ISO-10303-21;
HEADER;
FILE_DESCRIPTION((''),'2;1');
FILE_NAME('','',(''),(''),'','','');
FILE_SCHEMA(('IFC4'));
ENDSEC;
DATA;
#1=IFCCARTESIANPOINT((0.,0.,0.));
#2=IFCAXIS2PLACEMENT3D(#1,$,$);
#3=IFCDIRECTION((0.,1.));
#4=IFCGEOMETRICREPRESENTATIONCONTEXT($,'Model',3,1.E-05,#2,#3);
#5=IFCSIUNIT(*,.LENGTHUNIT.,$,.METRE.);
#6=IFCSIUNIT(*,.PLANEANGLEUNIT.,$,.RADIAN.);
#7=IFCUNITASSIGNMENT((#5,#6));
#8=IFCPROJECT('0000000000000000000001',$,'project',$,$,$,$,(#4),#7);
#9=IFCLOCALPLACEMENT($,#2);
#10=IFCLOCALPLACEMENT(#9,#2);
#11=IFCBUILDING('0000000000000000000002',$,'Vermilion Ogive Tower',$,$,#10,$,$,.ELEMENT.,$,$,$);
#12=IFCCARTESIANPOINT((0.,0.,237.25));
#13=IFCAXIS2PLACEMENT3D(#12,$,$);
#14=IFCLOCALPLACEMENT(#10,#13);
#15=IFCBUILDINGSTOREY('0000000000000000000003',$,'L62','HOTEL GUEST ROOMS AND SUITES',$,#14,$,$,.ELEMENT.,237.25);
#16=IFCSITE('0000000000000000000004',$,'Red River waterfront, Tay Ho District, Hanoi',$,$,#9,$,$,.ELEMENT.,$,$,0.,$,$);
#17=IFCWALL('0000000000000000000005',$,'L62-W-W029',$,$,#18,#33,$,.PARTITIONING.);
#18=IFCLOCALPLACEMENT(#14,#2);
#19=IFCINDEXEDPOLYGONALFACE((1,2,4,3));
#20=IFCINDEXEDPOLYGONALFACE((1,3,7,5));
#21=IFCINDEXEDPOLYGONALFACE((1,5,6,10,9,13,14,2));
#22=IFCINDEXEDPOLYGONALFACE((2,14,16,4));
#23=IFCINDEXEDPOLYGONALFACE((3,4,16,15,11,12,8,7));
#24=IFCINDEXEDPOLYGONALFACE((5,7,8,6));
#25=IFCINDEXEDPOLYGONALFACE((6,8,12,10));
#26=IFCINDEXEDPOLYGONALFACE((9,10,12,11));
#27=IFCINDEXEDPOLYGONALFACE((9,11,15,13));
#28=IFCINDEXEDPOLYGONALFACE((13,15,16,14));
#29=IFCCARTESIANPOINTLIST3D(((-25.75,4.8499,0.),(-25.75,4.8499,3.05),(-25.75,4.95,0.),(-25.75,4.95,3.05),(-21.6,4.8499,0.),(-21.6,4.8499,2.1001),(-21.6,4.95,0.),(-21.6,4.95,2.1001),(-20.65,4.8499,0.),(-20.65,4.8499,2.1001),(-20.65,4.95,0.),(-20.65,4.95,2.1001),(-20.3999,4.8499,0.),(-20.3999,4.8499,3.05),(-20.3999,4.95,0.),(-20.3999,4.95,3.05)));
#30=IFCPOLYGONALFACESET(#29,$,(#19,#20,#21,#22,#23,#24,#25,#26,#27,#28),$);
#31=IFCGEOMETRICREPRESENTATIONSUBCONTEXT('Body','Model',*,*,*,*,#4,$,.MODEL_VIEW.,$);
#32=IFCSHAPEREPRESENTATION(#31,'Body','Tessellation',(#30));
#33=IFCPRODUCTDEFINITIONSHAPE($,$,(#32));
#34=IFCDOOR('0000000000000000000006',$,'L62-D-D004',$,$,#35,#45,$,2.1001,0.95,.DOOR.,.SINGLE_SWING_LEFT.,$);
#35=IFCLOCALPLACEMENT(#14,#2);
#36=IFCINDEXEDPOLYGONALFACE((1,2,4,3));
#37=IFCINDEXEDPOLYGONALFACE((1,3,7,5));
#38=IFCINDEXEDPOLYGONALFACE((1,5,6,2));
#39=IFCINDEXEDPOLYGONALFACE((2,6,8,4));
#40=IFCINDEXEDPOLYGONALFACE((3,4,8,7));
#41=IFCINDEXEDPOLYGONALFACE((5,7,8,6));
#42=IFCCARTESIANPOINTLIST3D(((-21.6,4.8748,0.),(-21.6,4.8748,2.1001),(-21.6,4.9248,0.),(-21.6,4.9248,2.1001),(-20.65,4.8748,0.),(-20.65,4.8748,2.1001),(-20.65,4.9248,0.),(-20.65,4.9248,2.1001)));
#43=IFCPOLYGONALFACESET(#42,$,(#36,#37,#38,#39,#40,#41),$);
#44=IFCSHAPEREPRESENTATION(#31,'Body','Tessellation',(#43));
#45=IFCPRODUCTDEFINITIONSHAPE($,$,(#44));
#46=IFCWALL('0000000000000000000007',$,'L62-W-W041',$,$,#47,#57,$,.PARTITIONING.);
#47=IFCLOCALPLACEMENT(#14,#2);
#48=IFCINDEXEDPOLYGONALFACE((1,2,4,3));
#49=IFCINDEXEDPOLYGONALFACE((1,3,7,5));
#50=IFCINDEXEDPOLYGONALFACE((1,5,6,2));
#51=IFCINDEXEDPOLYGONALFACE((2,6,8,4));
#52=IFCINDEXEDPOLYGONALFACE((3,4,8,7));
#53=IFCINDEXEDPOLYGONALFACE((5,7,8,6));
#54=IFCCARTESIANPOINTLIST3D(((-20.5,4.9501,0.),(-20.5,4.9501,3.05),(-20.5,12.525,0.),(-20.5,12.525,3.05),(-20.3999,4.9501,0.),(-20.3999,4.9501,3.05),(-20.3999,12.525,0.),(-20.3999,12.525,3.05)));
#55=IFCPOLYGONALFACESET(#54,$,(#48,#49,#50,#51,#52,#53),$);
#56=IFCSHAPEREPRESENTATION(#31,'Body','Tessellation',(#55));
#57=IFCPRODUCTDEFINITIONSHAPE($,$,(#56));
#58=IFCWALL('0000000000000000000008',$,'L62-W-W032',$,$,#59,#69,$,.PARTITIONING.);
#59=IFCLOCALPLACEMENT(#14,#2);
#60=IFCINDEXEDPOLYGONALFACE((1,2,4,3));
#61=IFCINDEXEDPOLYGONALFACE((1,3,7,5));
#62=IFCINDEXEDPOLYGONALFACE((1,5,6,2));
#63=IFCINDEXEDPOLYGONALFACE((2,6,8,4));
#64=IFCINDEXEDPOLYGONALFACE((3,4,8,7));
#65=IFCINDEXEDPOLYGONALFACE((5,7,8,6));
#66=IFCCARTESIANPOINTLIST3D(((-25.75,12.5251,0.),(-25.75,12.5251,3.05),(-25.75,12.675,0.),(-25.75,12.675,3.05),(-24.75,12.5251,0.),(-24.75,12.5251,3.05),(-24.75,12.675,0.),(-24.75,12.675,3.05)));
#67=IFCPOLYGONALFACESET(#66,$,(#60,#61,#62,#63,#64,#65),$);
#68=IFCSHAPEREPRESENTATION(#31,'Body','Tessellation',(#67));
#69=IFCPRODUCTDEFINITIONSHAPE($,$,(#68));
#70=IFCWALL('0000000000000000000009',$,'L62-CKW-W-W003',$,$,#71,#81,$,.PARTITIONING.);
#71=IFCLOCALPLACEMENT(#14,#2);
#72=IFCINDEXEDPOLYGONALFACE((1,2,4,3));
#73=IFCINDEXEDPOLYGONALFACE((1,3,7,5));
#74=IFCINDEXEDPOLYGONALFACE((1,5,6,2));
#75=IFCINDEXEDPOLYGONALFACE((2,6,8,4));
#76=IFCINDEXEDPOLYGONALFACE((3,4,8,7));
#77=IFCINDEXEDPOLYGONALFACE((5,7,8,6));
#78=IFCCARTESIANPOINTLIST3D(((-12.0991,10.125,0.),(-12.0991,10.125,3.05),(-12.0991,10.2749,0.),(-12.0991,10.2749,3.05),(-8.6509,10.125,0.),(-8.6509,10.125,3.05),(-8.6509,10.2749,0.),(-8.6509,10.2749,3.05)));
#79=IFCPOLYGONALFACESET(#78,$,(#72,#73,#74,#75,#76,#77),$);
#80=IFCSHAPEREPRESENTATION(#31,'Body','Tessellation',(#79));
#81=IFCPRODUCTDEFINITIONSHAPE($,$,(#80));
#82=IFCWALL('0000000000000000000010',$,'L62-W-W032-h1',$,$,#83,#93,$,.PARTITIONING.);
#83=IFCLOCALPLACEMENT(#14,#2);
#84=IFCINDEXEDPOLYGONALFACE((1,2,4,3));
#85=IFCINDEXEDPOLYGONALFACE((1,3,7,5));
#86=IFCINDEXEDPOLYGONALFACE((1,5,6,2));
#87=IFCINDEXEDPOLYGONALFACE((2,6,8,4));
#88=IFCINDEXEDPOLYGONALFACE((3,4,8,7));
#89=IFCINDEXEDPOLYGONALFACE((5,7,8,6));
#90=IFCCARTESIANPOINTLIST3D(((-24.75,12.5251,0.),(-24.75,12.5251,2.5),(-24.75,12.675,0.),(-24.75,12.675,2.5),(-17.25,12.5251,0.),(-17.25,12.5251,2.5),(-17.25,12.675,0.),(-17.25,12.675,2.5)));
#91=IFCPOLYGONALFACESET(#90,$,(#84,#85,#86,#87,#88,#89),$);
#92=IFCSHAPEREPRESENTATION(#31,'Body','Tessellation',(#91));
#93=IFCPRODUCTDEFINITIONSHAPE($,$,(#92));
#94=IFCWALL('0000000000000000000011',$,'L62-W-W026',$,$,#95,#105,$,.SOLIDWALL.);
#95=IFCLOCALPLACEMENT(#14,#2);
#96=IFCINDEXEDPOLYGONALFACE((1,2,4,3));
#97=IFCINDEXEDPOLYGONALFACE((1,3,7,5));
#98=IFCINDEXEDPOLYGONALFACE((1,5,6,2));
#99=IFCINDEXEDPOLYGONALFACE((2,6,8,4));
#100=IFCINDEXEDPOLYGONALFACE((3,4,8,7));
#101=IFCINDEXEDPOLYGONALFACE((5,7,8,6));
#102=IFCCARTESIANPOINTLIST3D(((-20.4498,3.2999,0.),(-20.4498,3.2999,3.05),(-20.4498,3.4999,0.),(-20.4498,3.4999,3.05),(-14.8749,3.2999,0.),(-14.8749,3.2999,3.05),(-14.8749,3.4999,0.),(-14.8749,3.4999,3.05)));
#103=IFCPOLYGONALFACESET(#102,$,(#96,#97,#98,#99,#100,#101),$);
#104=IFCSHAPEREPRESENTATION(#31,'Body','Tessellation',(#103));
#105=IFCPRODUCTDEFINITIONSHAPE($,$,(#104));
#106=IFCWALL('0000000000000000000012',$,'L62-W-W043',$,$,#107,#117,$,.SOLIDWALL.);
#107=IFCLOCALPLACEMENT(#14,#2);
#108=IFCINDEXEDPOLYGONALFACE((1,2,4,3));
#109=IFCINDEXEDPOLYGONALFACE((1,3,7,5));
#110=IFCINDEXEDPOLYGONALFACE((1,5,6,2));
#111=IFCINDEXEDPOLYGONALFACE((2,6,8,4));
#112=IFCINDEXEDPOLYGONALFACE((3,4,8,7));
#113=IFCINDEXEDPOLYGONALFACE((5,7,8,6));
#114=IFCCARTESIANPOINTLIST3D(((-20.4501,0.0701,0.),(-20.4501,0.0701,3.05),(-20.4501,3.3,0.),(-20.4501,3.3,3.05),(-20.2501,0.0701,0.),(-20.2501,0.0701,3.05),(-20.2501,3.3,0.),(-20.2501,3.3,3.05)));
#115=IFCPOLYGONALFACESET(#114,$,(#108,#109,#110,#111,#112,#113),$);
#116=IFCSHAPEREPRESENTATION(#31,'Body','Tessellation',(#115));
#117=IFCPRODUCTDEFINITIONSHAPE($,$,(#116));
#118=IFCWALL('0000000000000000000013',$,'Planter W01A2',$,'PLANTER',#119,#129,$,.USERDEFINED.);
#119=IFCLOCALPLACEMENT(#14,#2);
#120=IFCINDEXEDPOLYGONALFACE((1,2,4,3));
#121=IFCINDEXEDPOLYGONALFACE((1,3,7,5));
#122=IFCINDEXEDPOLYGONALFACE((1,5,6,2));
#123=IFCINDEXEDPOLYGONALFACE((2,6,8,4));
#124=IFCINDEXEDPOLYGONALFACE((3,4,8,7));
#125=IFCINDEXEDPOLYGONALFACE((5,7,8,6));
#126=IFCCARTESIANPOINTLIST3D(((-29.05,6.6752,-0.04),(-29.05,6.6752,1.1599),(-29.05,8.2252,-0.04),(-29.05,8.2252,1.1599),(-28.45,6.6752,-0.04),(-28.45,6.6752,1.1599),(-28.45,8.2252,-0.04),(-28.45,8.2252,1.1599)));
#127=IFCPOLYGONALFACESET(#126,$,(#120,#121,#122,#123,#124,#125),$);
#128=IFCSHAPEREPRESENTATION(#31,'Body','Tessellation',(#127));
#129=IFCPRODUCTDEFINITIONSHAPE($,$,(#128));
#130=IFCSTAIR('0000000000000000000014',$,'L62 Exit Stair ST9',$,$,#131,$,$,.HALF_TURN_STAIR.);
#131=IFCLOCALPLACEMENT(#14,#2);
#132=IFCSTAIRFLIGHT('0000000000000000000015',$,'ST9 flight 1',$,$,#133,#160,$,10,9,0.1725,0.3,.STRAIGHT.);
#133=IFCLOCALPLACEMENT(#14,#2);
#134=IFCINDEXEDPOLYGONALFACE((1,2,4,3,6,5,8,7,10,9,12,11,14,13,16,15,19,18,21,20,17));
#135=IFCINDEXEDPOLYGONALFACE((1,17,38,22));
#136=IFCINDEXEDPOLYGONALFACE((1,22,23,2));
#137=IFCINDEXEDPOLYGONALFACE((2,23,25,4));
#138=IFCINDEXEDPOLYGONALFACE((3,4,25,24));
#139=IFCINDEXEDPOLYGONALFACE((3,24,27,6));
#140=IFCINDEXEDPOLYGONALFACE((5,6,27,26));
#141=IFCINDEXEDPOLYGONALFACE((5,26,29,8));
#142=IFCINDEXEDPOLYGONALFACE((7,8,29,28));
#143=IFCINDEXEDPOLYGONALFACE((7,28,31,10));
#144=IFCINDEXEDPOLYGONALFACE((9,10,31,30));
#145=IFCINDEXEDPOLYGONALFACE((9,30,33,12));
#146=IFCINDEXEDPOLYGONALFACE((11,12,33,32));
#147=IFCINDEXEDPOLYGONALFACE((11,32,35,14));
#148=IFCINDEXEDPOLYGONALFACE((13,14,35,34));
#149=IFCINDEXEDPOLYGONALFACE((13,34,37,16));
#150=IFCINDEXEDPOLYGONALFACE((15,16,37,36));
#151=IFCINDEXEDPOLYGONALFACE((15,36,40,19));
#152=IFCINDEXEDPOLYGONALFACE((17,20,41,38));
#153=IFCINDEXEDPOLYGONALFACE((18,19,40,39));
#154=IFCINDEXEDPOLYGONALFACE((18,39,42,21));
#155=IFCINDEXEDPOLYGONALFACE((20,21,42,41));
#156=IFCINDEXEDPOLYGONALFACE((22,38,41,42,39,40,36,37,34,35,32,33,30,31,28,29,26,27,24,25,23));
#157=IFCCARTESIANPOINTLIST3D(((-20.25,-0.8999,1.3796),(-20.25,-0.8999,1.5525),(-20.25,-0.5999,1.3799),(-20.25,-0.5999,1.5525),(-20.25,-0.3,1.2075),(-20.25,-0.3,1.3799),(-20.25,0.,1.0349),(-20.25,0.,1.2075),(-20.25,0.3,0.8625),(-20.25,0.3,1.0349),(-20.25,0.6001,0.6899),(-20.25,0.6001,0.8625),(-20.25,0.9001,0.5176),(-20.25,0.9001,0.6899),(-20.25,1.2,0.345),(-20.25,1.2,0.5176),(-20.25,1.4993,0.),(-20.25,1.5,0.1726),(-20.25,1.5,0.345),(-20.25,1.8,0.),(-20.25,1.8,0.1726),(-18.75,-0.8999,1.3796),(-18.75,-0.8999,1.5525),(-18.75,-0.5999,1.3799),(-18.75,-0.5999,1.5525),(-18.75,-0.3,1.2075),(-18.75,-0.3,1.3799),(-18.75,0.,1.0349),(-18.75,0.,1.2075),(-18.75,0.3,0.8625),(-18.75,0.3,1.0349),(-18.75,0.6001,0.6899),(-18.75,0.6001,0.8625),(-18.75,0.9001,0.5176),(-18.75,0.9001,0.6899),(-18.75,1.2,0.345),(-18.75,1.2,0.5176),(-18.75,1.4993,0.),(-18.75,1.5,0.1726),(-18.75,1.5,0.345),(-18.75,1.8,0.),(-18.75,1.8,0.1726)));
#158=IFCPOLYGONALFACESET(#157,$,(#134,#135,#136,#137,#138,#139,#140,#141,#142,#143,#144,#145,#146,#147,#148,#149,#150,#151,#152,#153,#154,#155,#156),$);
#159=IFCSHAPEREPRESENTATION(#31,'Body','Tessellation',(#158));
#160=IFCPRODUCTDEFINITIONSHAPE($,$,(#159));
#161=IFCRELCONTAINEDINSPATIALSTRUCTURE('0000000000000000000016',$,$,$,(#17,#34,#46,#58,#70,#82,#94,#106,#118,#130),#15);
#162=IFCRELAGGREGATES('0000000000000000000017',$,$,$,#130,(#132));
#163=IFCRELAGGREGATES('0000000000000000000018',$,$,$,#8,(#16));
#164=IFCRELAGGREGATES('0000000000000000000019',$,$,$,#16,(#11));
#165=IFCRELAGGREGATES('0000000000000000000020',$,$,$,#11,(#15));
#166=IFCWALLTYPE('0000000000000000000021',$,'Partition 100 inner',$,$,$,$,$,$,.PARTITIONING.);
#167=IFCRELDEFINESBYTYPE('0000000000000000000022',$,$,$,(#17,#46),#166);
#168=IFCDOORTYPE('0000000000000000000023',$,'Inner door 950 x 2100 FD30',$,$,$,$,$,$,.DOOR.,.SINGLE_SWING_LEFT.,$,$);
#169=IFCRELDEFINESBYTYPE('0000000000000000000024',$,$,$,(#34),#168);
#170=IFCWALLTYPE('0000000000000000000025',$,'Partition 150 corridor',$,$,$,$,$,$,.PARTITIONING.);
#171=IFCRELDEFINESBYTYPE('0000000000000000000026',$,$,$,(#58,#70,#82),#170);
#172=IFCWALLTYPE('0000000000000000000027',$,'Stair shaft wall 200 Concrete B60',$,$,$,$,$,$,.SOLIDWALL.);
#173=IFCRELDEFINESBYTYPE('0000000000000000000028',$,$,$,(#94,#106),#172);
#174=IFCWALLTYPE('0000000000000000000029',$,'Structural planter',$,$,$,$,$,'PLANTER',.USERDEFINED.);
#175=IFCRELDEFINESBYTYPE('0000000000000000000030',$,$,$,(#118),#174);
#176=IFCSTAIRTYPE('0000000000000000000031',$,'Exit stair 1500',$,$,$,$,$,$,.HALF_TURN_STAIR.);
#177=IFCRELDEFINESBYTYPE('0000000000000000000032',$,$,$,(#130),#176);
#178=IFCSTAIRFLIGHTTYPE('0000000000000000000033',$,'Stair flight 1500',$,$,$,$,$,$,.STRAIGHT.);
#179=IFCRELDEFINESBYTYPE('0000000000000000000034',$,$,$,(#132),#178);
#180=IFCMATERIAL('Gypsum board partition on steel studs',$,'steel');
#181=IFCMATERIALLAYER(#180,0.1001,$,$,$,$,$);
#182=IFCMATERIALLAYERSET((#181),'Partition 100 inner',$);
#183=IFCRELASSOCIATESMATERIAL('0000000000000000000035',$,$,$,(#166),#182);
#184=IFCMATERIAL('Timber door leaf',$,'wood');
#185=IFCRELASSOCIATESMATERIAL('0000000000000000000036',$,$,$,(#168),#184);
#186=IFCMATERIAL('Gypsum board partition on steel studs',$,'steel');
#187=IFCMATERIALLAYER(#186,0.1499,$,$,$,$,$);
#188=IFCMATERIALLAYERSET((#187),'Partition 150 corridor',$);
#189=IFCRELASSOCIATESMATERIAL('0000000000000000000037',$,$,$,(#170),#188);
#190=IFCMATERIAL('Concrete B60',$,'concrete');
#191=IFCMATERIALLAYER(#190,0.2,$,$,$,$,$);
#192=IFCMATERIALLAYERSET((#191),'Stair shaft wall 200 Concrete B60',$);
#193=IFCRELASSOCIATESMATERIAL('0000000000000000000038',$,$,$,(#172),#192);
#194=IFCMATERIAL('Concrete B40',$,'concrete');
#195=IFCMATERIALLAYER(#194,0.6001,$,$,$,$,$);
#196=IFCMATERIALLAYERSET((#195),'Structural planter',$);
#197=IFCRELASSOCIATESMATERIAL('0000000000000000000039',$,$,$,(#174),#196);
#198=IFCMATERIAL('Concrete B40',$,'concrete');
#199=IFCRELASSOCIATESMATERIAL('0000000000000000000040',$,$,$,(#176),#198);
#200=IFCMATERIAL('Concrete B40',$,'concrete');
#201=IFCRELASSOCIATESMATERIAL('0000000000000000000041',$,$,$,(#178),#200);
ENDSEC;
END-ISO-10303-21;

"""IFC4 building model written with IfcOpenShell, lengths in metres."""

from ifc_helpers import new_model, si_unit, direction, frame, frame_2d, origin, place, context, subcontext, project, spatial, polyline, rectangle, outline, extrude, material, layer, layer_set, type_object, element, fill, aggregate, save


model = new_model("IFC4")

# Units and contexts
model_context = context("Model", 3, precision=1e-05, world=origin(), true_north=direction((0.0, 1.0)))
body_context = subcontext(model_context, "Body", "Model", "MODEL_VIEW")
ifc_project = project(units=[si_unit("LENGTHUNIT", "METRE"), si_unit("PLANEANGLEUNIT", "RADIAN")], contexts=[model_context])

# Site, building, storey
site_placement = place(None, origin())
site = spatial("IfcSite", under=ifc_project, at=site_placement, Name="Red River waterfront, Tay Ho District, Hanoi", CompositionType="ELEMENT", RefElevation=0.0)
building_placement = place(site_placement, origin())
building = spatial("IfcBuilding", under=site, at=building_placement, Name="Vermilion Ogive Tower", CompositionType="ELEMENT")
storey_placement = place(building_placement, frame((0.0, 0.0, 237.25)))
storey = spatial("IfcBuildingStorey", under=building, at=storey_placement, Name="L62", Description="HOTEL GUEST ROOMS AND SUITES", CompositionType="ELEMENT", Elevation=237.25)

# Wall, opening, door
ifc_material_1 = material(Name="Gypsum board partition on steel studs", Category="steel")
ifc_layer_1 = layer(ifc_material_1, 0.1001)
ifc_layer_set_1 = layer_set([ifc_layer_1], Name="Partition 100 inner")
wall_type_1 = type_object("IfcWallType", Name="Partition 100 inner", PredefinedType="PARTITIONING", material=ifc_layer_set_1)
ifc_material_2 = material(Name="Timber door leaf", Category="wood")
door_type_1 = type_object("IfcDoorType", Name="Inner door 950 x 2100 FD30", OperationType="SINGLE_SWING_LEFT", PredefinedType="DOOR", material=ifc_material_2)
wall_1_placement = place(storey_placement, frame((-25.75, 4.8999, 0.0), z_axis=(0.0, 0.0, 1.0), x_axis=(1.0, 0.0, 0.0)))
wall_1 = element("IfcWall", 1, at=wall_1_placement, inside=storey, type_object=wall_type_1, Name="L62-W-W029", PredefinedType="PARTITIONING", context=body_context, shape_type="SweptSolid", body=[
    extrude(rectangle(XDim=5.3501, YDim=0.1001, at=frame_2d((2.675, 0.0))), origin(), (0.0, 0.0, 1.0), 3.05),
])
opening_1_placement = place(wall_1_placement, frame((4.1499, 0.0, 0.0)))
opening_1 = element("IfcOpeningElement", 2, at=opening_1_placement, cuts=wall_1, PredefinedType="OPENING", context=body_context, shape_type="SweptSolid", body=[
    extrude(rectangle(XDim=0.95, YDim=2.1001, at=frame_2d((0.4751, 1.05))), frame((0.0, 0.0601, 0.0), z_axis=(0.0, -1.0, 0.0), x_axis=(1.0, 0.0, 0.0)), (0.0, 0.0, 1.0), 0.1201),
])
door_1_placement = place(opening_1_placement, origin())
door_1 = element("IfcDoor", 3, at=door_1_placement, inside=storey, type_object=door_type_1, Name="L62-D-D004", OperationType="SINGLE_SWING_LEFT", OverallHeight=2.1001, OverallWidth=0.95, PredefinedType="DOOR", context=body_context, shape_type="SweptSolid", body=[
    extrude(rectangle(XDim=0.95, YDim=2.1001, at=frame_2d((0.4751, 1.05))), frame((0.0, 0.0249, 0.0), z_axis=(0.0, -1.0, 0.0), x_axis=(1.0, 0.0, 0.0)), (0.0, 0.0, 1.0), 0.05),
])
fill(opening_1, door_1)

# Walls
wall_2_placement = place(storey_placement, frame((-20.45, 4.95, 0.0), z_axis=(0.0, 0.0, 1.0), x_axis=(0.0, 1.0, 0.0)))
element("IfcWall", 4, at=wall_2_placement, inside=storey, type_object=wall_type_1, Name="L62-W-W041", PredefinedType="PARTITIONING", context=body_context, shape_type="SweptSolid", body=[
    extrude(rectangle(XDim=7.575, YDim=0.1001, at=frame_2d((3.7876, 0.0))), origin(), (0.0, 0.0, 1.0), 3.05),
])
ifc_material_3 = material(Name="Gypsum board partition on steel studs", Category="steel")
ifc_layer_2 = layer(ifc_material_3, 0.1499)
ifc_layer_set_2 = layer_set([ifc_layer_2], Name="Partition 150 corridor")
wall_type_2 = type_object("IfcWallType", Name="Partition 150 corridor", PredefinedType="PARTITIONING", material=ifc_layer_set_2)
wall_3_placement = place(storey_placement, frame((-25.75, 12.6001, 0.0), z_axis=(0.0, 0.0, 1.0), x_axis=(1.0, 0.0, 0.0)))
element("IfcWall", 5, at=wall_3_placement, inside=storey, type_object=wall_type_2, Name="L62-W-W032", PredefinedType="PARTITIONING", context=body_context, shape_type="SweptSolid", body=[
    extrude(rectangle(XDim=1.0, YDim=0.1499, at=frame_2d((0.5, 0.0))), origin(), (0.0, 0.0, 1.0), 3.05),
])
wall_4_placement = place(storey_placement, frame((-12.0991, 10.2, 0.0), z_axis=(0.0, 0.0, 1.0), x_axis=(1.0, 0.0, 0.0)))
element("IfcWall", 6, at=wall_4_placement, inside=storey, type_object=wall_type_2, Name="L62-CKW-W-W003", PredefinedType="PARTITIONING", context=body_context, shape_type="SweptSolid", body=[
    extrude(rectangle(XDim=3.4482, YDim=0.1499, at=frame_2d((1.7241, 0.0))), origin(), (0.0, 0.0, 1.0), 3.05),
])
wall_5_placement = place(storey_placement, frame((-24.75, 12.6001, 0.0), z_axis=(0.0, 0.0, 1.0), x_axis=(1.0, 0.0, 0.0)))
element("IfcWall", 7, at=wall_5_placement, inside=storey, type_object=wall_type_2, Name="L62-W-W032-h1", PredefinedType="PARTITIONING", context=body_context, shape_type="SweptSolid", body=[
    extrude(rectangle(XDim=7.5, YDim=0.1499, at=frame_2d((3.75, 0.0))), origin(), (0.0, 0.0, 1.0), 2.5),
])
ifc_material_4 = material(Name="Concrete B60", Category="concrete")
ifc_layer_3 = layer(ifc_material_4, 0.2)
ifc_layer_set_3 = layer_set([ifc_layer_3], Name="Stair shaft wall 200 Concrete B60")
wall_type_3 = type_object("IfcWallType", Name="Stair shaft wall 200 Concrete B60", PredefinedType="SOLIDWALL", material=ifc_layer_set_3)
wall_6_placement = place(storey_placement, frame((-20.45, 3.3999, 0.0), z_axis=(0.0, 0.0, 1.0), x_axis=(1.0, 0.0, 0.0)))
element("IfcWall", 8, at=wall_6_placement, inside=storey, type_object=wall_type_3, Name="L62-W-W026", PredefinedType="SOLIDWALL", context=body_context, shape_type="SweptSolid", body=[
    extrude(rectangle(XDim=5.575, YDim=0.2, at=frame_2d((2.7876, 0.0))), origin(), (0.0, 0.0, 1.0), 3.05),
])
wall_7_placement = place(storey_placement, frame((-20.3501, 0.0701, 0.0), z_axis=(0.0, 0.0, 1.0), x_axis=(0.0, 1.0, 0.0)))
element("IfcWall", 9, at=wall_7_placement, inside=storey, type_object=wall_type_3, Name="L62-W-W043", PredefinedType="SOLIDWALL", context=body_context, shape_type="SweptSolid", body=[
    extrude(rectangle(XDim=3.23, YDim=0.2, at=frame_2d((1.615, 0.0))), origin(), (0.0, 0.0, 1.0), 3.05),
])
ifc_material_5 = material(Name="Concrete B40", Category="concrete")
ifc_layer_4 = layer(ifc_material_5, 0.6001)
ifc_layer_set_4 = layer_set([ifc_layer_4], Name="Structural planter")
wall_type_4 = type_object("IfcWallType", Name="Structural planter", ElementType="PLANTER", PredefinedType="USERDEFINED", material=ifc_layer_set_4)
wall_8_placement = place(storey_placement, frame((-28.75, 8.2251, -0.04), z_axis=(0.0, 0.0, 1.0), x_axis=(0.0, -1.0, 0.0)))
element("IfcWall", 10, at=wall_8_placement, inside=storey, type_object=wall_type_4, Name="Planter W01A2", ObjectType="PLANTER", PredefinedType="USERDEFINED", context=body_context, shape_type="SweptSolid", body=[
    extrude(rectangle(XDim=1.55, YDim=0.6001, at=frame_2d((0.7749, 0.0))), origin(), (0.0, 0.0, 1.0), 1.2),
])

# Stair, stair flight
ifc_material_6 = material(Name="Concrete B40", Category="concrete")
stair_type = type_object("IfcStairType", Name="Exit stair 1500", PredefinedType="HALF_TURN_STAIR", material=ifc_material_6)
stair_placement = place(storey_placement, origin())
stair = element("IfcStair", 11, at=stair_placement, inside=storey, type_object=stair_type, Name="L62 Exit Stair ST9", PredefinedType="HALF_TURN_STAIR")
ifc_material_7 = material(Name="Concrete B40", Category="concrete")
stair_flight_type = type_object("IfcStairFlightType", Name="Stair flight 1500", PredefinedType="STRAIGHT", material=ifc_material_7)
stair_flight_placement = place(storey_placement, frame((-19.5, 1.8, 0.0), z_axis=(0.0, 0.0, 1.0), x_axis=(0.0, -1.0, 0.0)))
stair_flight = element("IfcStairFlight", 12, at=stair_flight_placement, type_object=stair_flight_type, Name="ST9 flight 1", NumberOfRisers=10, NumberOfTreads=9, PredefinedType="STRAIGHT", RiserHeight=0.1725, TreadLength=0.3, context=body_context, shape_type="SweptSolid", body=[
    extrude(outline(polyline([(0.0, 0.0), (0.0, 0.1726), (0.3, 0.1726), (0.3, 0.345), (0.6001, 0.345), (0.6001, 0.5176), (0.8999, 0.5176), (0.8999, 0.6899), (1.2, 0.6899), (1.2, 0.8625), (1.5, 0.8625), (1.5, 1.0349), (1.8, 1.0349), (1.8, 1.2075), (2.1001, 1.2075), (2.1001, 1.3799), (2.3999, 1.3799), (2.3999, 1.5525), (2.7, 1.5525), (2.7, 1.7251), (2.7, 1.3796), (0.3008, 0.0), (0.0, 0.0)])), frame((0.0, 0.75, 0.0), z_axis=(0.0, -1.0, 0.0), x_axis=(1.0, 0.0, 0.0)), (0.0, 0.0, 1.0), 1.5),
])
aggregate(stair, [stair_flight])

save(model, "model.ifc")
